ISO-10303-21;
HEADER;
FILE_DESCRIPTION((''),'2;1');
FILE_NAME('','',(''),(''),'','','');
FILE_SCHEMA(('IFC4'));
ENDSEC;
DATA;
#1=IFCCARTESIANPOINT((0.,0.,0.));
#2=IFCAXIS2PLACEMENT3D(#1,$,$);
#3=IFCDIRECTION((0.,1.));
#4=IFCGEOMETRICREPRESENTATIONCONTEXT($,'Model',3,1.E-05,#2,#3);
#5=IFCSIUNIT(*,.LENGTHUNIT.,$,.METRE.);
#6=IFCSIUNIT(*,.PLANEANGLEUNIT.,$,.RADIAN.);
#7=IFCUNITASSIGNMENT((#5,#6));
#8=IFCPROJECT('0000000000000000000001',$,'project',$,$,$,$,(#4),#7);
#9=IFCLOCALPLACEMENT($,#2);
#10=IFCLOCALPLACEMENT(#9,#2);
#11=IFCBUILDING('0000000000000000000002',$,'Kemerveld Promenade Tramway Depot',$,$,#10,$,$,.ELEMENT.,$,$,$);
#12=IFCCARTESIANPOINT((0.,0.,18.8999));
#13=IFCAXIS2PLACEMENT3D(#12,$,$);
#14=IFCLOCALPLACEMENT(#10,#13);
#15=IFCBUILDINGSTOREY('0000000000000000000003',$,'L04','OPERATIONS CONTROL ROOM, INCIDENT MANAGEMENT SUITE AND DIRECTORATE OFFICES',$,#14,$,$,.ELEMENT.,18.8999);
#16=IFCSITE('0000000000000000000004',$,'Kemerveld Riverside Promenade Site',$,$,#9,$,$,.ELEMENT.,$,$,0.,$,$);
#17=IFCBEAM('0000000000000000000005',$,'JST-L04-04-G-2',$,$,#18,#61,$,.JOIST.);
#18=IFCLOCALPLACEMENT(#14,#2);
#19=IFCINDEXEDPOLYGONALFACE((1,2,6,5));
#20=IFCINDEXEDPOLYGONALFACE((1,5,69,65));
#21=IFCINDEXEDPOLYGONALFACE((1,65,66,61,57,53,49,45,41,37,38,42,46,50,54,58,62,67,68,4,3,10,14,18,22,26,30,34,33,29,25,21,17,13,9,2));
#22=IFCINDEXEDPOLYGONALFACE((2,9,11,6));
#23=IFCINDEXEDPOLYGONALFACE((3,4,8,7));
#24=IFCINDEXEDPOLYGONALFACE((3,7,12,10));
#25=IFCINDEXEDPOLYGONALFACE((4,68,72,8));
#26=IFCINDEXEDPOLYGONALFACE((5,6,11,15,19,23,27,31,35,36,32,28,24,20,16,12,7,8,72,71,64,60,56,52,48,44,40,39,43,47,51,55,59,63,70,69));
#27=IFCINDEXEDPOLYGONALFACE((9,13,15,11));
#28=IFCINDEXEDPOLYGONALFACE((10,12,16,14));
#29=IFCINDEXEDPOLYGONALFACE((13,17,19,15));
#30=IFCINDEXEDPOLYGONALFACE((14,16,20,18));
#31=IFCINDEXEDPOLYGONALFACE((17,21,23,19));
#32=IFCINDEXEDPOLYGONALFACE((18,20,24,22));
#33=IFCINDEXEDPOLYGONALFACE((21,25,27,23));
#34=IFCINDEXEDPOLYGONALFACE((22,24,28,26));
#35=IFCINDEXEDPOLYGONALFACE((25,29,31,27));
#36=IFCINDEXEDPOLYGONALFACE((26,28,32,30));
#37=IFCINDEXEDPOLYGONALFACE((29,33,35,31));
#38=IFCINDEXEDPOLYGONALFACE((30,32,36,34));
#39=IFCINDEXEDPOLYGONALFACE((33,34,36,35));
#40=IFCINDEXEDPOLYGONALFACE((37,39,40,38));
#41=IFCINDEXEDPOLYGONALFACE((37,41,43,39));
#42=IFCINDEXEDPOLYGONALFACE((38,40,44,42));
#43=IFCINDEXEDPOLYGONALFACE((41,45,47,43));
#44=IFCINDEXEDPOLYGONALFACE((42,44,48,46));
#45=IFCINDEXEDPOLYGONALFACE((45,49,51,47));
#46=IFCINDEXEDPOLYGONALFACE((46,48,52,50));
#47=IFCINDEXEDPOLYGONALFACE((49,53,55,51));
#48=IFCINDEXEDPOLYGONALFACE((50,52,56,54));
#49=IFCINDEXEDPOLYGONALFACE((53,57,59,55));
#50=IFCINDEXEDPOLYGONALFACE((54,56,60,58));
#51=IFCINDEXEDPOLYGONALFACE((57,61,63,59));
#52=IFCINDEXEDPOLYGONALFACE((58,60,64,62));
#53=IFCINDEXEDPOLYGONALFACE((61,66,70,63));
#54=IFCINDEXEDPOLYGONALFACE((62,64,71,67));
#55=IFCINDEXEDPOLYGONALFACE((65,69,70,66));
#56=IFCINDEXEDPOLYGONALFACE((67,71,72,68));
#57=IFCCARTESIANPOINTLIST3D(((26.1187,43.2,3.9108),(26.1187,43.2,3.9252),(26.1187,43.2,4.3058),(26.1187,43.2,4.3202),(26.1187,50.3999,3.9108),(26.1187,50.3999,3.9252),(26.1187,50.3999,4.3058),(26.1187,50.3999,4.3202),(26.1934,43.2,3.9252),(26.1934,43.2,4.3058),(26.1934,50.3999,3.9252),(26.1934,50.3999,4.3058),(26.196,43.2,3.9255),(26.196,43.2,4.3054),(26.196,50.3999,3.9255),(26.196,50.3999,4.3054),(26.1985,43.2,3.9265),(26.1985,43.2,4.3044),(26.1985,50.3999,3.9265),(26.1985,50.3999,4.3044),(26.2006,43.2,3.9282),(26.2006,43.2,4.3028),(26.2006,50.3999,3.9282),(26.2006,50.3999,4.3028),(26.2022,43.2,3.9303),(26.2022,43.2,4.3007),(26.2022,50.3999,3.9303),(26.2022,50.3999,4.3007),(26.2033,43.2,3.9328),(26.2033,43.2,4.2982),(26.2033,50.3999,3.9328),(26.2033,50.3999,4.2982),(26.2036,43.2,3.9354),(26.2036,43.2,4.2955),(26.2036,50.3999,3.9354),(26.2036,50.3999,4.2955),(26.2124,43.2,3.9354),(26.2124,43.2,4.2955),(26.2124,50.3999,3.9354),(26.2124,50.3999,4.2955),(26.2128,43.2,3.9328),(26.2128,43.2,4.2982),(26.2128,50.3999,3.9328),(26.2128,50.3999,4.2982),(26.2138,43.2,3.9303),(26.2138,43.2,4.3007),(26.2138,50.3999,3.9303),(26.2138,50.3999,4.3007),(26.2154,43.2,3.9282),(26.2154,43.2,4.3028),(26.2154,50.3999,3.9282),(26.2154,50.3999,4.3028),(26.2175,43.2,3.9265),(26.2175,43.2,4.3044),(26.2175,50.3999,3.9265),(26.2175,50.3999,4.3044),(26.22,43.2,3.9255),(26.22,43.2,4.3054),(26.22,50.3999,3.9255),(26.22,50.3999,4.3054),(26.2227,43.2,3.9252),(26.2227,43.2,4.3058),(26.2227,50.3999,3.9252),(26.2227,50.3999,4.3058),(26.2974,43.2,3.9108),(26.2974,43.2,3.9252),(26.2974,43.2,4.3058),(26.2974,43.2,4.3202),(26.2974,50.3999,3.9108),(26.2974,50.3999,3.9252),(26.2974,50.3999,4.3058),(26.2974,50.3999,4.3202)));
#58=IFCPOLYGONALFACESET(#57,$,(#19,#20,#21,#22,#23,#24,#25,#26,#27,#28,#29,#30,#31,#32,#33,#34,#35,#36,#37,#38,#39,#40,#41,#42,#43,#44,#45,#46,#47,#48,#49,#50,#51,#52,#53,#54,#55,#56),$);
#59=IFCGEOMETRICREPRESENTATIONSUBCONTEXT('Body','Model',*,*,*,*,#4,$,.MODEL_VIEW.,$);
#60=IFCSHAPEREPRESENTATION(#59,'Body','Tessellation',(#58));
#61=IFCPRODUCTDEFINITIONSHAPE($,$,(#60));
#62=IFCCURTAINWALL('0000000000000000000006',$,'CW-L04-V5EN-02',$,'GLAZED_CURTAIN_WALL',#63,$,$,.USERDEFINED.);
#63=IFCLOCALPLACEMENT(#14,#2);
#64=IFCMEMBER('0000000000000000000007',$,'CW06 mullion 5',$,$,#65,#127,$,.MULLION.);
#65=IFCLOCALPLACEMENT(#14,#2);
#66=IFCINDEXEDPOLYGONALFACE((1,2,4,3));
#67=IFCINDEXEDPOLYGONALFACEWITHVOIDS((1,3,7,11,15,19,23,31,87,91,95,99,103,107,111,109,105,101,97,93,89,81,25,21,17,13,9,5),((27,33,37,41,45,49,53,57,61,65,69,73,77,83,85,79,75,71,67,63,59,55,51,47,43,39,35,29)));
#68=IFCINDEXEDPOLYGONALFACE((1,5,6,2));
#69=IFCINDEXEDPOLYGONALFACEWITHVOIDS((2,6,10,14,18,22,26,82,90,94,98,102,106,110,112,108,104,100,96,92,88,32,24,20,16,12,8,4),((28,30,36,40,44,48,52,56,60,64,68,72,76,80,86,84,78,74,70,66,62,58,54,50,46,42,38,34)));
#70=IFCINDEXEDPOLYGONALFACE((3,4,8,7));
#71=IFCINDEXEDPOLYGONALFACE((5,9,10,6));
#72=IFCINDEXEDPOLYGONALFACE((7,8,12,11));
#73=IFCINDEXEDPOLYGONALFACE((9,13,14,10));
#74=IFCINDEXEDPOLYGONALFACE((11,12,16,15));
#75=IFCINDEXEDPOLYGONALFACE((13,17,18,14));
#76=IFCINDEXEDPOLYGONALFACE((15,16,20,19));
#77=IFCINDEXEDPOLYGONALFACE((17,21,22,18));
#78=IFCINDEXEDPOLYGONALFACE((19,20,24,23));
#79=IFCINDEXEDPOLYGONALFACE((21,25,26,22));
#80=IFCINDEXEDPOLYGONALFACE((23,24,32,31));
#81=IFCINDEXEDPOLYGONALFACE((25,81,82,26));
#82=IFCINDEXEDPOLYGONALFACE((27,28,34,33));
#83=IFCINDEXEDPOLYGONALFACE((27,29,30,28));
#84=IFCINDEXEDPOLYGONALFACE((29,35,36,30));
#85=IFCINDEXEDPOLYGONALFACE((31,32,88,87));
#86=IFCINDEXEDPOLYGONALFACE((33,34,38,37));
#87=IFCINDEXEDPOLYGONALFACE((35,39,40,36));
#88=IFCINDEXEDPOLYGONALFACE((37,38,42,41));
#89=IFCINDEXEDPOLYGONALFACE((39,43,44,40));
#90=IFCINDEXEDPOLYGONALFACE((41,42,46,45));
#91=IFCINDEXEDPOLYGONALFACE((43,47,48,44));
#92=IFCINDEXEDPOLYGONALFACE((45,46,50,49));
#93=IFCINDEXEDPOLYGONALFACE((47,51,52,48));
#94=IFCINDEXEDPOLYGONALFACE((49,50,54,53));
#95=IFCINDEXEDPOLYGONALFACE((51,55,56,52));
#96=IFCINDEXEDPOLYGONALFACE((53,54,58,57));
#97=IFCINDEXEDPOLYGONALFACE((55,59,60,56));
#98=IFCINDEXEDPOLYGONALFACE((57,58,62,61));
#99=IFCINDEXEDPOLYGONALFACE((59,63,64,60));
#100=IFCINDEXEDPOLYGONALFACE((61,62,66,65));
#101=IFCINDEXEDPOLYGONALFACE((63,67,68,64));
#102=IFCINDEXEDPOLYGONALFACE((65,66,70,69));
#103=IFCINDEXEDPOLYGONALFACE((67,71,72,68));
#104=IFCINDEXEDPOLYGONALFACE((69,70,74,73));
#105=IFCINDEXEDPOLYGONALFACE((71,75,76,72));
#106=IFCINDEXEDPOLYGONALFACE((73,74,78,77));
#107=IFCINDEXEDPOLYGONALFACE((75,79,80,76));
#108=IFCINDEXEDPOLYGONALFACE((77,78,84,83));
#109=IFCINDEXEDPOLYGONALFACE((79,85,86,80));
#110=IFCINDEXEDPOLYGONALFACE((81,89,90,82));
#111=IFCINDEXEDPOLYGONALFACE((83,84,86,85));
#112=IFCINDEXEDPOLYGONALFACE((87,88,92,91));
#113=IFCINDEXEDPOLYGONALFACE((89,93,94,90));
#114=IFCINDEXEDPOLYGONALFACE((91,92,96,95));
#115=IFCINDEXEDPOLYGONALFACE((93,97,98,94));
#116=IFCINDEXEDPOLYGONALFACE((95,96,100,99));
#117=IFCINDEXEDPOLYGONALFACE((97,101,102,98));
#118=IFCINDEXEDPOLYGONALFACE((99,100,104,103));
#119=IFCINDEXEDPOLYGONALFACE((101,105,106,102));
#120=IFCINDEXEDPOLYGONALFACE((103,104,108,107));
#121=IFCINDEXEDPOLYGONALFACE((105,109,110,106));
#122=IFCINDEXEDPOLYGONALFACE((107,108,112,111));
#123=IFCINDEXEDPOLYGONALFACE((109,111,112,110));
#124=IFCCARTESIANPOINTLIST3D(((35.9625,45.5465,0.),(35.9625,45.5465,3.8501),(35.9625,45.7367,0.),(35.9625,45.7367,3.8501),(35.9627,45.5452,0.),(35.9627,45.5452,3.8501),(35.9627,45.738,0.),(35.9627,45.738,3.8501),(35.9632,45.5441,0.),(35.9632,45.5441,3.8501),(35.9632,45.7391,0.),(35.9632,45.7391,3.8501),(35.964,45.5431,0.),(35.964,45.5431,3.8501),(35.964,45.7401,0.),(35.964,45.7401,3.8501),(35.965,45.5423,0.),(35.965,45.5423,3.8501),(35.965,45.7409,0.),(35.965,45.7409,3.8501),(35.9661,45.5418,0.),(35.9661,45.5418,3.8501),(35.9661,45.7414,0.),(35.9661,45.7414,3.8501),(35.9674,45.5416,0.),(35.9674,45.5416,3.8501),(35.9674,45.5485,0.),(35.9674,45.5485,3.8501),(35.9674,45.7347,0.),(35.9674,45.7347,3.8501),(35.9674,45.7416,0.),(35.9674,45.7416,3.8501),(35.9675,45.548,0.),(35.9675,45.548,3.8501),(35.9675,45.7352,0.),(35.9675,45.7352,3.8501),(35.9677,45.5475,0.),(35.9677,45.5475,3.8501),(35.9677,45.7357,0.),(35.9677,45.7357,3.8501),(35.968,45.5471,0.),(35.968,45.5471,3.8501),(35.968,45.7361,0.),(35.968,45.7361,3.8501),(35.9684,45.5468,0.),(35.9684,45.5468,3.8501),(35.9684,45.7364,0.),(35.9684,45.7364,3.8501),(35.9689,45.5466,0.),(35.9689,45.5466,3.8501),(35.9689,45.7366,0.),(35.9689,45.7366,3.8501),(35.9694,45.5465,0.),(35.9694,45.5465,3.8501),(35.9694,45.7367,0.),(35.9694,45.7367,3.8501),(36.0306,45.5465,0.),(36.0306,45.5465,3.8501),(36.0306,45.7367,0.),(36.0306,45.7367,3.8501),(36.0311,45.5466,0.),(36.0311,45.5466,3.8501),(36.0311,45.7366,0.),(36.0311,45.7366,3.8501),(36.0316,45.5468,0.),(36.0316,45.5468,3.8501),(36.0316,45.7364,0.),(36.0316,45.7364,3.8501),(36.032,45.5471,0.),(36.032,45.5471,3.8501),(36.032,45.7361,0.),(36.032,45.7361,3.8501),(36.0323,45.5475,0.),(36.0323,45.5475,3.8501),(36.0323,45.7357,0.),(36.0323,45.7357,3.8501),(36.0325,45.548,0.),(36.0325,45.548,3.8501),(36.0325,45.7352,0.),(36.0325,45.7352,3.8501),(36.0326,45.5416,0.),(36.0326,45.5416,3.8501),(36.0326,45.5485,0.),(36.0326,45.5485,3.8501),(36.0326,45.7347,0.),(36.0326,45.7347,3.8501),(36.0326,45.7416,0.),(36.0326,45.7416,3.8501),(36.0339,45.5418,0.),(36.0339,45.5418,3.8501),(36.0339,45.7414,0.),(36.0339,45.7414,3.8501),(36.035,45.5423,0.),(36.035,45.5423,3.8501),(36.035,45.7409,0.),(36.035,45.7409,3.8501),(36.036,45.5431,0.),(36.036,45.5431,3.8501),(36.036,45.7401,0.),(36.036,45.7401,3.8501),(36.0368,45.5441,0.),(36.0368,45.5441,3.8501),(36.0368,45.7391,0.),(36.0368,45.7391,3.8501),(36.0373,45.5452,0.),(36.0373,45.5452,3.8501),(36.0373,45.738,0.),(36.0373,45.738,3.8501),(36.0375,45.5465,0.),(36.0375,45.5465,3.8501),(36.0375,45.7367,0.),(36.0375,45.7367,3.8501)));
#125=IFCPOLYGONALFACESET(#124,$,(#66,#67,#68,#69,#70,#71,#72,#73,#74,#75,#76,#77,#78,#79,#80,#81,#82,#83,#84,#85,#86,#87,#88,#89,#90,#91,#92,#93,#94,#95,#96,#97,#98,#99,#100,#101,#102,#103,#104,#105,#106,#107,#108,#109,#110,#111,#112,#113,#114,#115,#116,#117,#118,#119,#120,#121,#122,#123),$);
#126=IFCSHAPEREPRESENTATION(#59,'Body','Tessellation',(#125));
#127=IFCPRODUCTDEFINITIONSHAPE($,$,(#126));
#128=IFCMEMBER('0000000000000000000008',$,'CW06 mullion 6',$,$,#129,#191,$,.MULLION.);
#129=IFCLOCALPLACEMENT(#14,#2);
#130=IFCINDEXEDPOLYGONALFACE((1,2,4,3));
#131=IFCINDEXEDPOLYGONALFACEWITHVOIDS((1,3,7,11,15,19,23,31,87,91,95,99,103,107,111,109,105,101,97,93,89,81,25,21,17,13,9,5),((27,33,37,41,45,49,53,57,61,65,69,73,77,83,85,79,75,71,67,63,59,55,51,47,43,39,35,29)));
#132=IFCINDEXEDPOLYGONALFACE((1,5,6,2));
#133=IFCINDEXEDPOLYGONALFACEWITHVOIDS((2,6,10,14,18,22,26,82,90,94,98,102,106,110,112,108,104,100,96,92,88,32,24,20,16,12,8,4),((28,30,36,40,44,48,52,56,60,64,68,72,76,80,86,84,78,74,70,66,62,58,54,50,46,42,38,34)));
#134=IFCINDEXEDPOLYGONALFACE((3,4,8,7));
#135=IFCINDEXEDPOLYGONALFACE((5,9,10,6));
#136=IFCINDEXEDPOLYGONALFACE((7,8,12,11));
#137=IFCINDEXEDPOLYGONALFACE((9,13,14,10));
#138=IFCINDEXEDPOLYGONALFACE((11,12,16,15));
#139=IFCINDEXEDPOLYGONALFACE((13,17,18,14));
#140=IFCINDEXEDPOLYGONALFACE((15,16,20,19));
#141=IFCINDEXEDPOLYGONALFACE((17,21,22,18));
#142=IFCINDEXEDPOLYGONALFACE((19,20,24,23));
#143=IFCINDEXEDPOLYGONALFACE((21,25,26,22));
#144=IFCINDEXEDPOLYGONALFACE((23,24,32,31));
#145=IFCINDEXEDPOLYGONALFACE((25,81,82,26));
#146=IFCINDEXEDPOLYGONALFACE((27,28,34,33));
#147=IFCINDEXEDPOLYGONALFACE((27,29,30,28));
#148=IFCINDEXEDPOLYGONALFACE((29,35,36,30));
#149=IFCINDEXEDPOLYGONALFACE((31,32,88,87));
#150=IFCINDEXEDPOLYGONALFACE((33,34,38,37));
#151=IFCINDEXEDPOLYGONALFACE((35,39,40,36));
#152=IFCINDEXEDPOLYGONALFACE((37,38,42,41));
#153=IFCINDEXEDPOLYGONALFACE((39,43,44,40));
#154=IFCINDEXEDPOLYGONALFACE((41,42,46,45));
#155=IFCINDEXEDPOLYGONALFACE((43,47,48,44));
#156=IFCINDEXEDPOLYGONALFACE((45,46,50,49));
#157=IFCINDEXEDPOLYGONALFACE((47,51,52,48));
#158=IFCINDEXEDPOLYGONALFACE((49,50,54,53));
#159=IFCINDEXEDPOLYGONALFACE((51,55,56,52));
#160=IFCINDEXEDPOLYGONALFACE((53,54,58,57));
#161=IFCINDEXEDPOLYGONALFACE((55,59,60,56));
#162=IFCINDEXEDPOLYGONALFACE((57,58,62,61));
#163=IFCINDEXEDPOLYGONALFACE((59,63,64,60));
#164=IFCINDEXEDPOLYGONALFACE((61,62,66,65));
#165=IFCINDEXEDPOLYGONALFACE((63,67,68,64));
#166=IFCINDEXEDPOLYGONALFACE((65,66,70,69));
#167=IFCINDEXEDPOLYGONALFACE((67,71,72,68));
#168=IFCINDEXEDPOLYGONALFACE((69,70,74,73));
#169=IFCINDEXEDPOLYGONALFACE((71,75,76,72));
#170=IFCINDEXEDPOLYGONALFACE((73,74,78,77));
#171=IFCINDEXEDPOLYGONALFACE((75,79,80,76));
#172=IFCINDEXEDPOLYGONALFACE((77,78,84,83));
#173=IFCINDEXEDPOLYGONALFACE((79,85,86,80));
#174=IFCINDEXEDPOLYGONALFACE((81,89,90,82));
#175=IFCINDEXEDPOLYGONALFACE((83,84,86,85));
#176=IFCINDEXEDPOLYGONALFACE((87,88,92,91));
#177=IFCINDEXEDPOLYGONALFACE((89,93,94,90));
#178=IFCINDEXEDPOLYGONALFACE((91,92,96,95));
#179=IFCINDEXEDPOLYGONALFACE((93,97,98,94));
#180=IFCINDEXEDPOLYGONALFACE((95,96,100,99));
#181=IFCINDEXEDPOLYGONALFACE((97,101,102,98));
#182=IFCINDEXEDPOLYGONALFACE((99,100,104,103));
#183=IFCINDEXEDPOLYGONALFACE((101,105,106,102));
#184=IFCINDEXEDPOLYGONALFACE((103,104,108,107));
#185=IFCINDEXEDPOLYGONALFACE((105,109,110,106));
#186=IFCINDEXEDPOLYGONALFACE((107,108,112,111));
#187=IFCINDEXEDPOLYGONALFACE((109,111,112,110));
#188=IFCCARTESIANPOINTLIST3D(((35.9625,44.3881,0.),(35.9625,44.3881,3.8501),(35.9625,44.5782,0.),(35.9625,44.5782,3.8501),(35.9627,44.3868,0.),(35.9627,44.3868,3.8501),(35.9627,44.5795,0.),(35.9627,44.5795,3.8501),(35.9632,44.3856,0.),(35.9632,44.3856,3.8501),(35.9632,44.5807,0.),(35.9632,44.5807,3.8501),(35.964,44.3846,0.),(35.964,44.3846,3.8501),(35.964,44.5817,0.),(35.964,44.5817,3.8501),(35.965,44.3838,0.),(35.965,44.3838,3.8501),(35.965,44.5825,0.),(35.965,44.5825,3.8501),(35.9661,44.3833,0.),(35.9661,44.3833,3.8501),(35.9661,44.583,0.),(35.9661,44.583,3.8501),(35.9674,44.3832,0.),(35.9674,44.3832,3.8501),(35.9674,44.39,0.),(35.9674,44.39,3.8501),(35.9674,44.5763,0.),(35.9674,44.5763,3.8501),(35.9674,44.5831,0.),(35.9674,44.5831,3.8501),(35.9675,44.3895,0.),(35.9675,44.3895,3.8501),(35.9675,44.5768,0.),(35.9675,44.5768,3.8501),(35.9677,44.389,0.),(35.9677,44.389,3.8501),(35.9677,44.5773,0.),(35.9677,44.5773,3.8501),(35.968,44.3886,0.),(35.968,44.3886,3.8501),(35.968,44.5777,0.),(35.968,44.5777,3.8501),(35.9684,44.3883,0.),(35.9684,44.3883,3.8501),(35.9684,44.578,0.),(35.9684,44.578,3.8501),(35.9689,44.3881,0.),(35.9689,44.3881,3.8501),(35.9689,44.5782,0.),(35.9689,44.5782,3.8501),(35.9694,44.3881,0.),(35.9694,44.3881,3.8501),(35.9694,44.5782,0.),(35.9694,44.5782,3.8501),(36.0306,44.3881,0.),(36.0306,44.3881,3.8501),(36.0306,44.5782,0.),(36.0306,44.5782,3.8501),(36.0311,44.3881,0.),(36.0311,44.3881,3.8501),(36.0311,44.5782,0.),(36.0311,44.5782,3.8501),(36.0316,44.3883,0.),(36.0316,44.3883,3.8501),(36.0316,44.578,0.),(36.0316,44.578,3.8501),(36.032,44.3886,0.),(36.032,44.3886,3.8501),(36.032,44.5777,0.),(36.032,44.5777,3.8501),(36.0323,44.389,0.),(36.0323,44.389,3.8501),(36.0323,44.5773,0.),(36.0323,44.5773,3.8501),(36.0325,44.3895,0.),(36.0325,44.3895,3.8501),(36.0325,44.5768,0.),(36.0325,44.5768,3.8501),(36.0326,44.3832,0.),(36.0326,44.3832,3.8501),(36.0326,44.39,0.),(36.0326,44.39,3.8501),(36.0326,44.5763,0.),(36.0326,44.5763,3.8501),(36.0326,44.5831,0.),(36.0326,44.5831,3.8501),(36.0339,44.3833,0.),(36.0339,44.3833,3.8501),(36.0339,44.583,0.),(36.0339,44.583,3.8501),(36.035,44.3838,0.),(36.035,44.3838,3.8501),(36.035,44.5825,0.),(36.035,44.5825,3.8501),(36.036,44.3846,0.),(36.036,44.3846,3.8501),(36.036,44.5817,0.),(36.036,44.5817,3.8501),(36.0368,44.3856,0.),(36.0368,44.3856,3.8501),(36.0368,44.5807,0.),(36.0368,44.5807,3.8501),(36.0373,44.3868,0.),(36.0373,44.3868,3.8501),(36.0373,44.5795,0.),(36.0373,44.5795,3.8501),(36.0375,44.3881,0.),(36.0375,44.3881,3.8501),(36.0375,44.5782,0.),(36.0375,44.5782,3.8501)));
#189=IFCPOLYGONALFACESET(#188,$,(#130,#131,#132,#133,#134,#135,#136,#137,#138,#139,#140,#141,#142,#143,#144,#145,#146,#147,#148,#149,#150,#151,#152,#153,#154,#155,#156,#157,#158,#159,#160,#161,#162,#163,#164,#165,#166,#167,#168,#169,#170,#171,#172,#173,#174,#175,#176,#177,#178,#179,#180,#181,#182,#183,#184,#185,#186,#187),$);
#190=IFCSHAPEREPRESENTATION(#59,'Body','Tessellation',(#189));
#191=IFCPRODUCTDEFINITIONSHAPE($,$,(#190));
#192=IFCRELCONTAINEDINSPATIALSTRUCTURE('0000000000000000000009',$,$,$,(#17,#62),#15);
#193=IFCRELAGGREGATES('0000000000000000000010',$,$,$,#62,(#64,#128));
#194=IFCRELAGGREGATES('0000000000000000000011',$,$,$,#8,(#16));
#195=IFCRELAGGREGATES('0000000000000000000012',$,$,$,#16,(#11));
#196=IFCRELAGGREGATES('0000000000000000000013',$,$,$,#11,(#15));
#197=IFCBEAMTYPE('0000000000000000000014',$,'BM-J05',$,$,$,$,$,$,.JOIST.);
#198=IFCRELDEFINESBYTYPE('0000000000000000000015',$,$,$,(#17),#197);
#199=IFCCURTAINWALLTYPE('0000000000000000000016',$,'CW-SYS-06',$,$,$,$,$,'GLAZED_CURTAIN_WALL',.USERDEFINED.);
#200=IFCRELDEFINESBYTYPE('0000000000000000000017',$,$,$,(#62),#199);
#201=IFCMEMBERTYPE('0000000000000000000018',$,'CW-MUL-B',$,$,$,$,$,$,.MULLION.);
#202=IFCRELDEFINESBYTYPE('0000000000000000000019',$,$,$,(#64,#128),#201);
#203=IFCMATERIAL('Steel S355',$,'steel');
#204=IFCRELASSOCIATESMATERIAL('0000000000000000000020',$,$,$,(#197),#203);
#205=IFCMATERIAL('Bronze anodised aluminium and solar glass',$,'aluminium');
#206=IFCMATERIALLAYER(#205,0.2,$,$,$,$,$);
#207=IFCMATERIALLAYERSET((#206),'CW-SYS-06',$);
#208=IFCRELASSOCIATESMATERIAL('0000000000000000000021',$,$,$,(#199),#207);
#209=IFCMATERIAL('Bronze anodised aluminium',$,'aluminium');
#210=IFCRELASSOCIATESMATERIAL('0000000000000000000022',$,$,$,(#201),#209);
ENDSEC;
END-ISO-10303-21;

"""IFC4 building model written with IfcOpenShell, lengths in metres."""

from ifc_helpers import new_model, si_unit, direction, frame, origin, origin_2d, place, context, subcontext, project, spatial, hollow_rectangle, i_section, extrude, material, layer, layer_set, material_profile, profile_set, type_object, element, aggregate, save


model = new_model("IFC4")

# Units and contexts
model_context = context("Model", 3, precision=1e-05, world=origin(), true_north=direction((0.0, 1.0)))
body_context = subcontext(model_context, "Body", "Model", "MODEL_VIEW")
ifc_project = project(units=[si_unit("LENGTHUNIT", "METRE"), si_unit("PLANEANGLEUNIT", "RADIAN")], contexts=[model_context])

# Site, building, storey
site_placement = place(None, origin())
site = spatial("IfcSite", under=ifc_project, at=site_placement, Name="Kemerveld Riverside Promenade Site", CompositionType="ELEMENT", RefElevation=0.0)
building_placement = place(site_placement, origin())
building = spatial("IfcBuilding", under=site, at=building_placement, Name="Kemerveld Promenade Tramway Depot", CompositionType="ELEMENT")
storey_placement = place(building_placement, frame((0.0, 0.0, 18.8999)))
storey = spatial("IfcBuildingStorey", under=building, at=storey_placement, Name="L04", Description="OPERATIONS CONTROL ROOM, INCIDENT MANAGEMENT SUITE AND DIRECTORATE OFFICES", CompositionType="ELEMENT", Elevation=18.8999)

# Shared definitions
ifc_material_1 = material(Name="Steel S355", Category="steel")

# Beam
ifc_material_profile_1 = material_profile(ifc_material_1, i_section(OverallWidth=0.1787, OverallDepth=0.4094, WebThickness=0.0088, FlangeThickness=0.0144, FilletRadius=0.0103, at=origin_2d()), Name="406x178x67 UB")
ifc_profile_set_1 = profile_set([ifc_material_profile_1], Name="Steel S355")
beam_type_1 = type_object("IfcBeamType", Name="BM-J05", PredefinedType="JOIST", material=ifc_profile_set_1)
for number, where, z_axis, x_axis, name in (
    (1, (26.208, 43.2, 4.1155), (0.0, 1.0, 0.0), (-1.0, 0.0, 0.0), "JST-L04-04-G-2"),
):
    element("IfcBeam", number, at=place(storey_placement, frame(where, z_axis=z_axis, x_axis=x_axis)), inside=storey, type_object=beam_type_1, Name=name, PredefinedType="JOIST", context=body_context, shape_type="SweptSolid", body=[
        extrude(i_section(OverallWidth=0.1787, OverallDepth=0.4094, WebThickness=0.0088, FlangeThickness=0.0144, FilletRadius=0.0103, at=origin_2d()), origin(), (0.0, 0.0, 1.0), 7.2),
    ])

# Curtain wall, members
ifc_material_2 = material(Name="Bronze anodised aluminium and solar glass", Category="aluminium")
ifc_layer_1 = layer(ifc_material_2, 0.2)
ifc_layer_set_1 = layer_set([ifc_layer_1], Name="CW-SYS-06")
curtain_wall_type = type_object("IfcCurtainWallType", Name="CW-SYS-06", ElementType="GLAZED_CURTAIN_WALL", PredefinedType="USERDEFINED", material=ifc_layer_set_1)
curtain_wall_placement = place(storey_placement, origin())
curtain_wall = element("IfcCurtainWall", 2, at=curtain_wall_placement, inside=storey, type_object=curtain_wall_type, Name="CW-L04-V5EN-02", ObjectType="GLAZED_CURTAIN_WALL", PredefinedType="USERDEFINED")
ifc_material_3 = material(Name="Bronze anodised aluminium", Category="aluminium")
ifc_material_profile_2 = material_profile(ifc_material_3, hollow_rectangle(XDim=0.075, YDim=0.2, WallThickness=0.0049, InnerFilletRadius=0.002, OuterFilletRadius=0.0049, at=origin_2d()), Name="CW-MUL-200x75")
ifc_profile_set_2 = profile_set([ifc_material_profile_2], Name="Bronze anodised aluminium")
member_type_1 = type_object("IfcMemberType", Name="CW-MUL-B", PredefinedType="MULLION", material=ifc_profile_set_2)
member_1_placement = place(storey_placement, frame((36.0, 45.6416, 0.0), z_axis=(0.0, 0.0, 1.0), x_axis=(1.0, 0.0, 0.0)))
member_1 = element("IfcMember", 3, at=member_1_placement, type_object=member_type_1, Name="CW06 mullion 5", PredefinedType="MULLION", context=body_context, shape_type="SweptSolid", body=[
    extrude(hollow_rectangle(XDim=0.075, YDim=0.2, WallThickness=0.0049, InnerFilletRadius=0.002, OuterFilletRadius=0.0049, at=origin_2d()), origin(), (0.0, 0.0, 1.0), 3.8501),
])
member_2_placement = place(storey_placement, frame((36.0, 44.4832, 0.0), z_axis=(0.0, 0.0, 1.0), x_axis=(1.0, 0.0, 0.0)))
member_2 = element("IfcMember", 4, at=member_2_placement, type_object=member_type_1, Name="CW06 mullion 6", PredefinedType="MULLION", context=body_context, shape_type="SweptSolid", body=[
    extrude(hollow_rectangle(XDim=0.075, YDim=0.2, WallThickness=0.0049, InnerFilletRadius=0.002, OuterFilletRadius=0.0049, at=origin_2d()), origin(), (0.0, 0.0, 1.0), 3.8501),
])
aggregate(curtain_wall, [member_1, member_2])

save(model, "model.ifc")
